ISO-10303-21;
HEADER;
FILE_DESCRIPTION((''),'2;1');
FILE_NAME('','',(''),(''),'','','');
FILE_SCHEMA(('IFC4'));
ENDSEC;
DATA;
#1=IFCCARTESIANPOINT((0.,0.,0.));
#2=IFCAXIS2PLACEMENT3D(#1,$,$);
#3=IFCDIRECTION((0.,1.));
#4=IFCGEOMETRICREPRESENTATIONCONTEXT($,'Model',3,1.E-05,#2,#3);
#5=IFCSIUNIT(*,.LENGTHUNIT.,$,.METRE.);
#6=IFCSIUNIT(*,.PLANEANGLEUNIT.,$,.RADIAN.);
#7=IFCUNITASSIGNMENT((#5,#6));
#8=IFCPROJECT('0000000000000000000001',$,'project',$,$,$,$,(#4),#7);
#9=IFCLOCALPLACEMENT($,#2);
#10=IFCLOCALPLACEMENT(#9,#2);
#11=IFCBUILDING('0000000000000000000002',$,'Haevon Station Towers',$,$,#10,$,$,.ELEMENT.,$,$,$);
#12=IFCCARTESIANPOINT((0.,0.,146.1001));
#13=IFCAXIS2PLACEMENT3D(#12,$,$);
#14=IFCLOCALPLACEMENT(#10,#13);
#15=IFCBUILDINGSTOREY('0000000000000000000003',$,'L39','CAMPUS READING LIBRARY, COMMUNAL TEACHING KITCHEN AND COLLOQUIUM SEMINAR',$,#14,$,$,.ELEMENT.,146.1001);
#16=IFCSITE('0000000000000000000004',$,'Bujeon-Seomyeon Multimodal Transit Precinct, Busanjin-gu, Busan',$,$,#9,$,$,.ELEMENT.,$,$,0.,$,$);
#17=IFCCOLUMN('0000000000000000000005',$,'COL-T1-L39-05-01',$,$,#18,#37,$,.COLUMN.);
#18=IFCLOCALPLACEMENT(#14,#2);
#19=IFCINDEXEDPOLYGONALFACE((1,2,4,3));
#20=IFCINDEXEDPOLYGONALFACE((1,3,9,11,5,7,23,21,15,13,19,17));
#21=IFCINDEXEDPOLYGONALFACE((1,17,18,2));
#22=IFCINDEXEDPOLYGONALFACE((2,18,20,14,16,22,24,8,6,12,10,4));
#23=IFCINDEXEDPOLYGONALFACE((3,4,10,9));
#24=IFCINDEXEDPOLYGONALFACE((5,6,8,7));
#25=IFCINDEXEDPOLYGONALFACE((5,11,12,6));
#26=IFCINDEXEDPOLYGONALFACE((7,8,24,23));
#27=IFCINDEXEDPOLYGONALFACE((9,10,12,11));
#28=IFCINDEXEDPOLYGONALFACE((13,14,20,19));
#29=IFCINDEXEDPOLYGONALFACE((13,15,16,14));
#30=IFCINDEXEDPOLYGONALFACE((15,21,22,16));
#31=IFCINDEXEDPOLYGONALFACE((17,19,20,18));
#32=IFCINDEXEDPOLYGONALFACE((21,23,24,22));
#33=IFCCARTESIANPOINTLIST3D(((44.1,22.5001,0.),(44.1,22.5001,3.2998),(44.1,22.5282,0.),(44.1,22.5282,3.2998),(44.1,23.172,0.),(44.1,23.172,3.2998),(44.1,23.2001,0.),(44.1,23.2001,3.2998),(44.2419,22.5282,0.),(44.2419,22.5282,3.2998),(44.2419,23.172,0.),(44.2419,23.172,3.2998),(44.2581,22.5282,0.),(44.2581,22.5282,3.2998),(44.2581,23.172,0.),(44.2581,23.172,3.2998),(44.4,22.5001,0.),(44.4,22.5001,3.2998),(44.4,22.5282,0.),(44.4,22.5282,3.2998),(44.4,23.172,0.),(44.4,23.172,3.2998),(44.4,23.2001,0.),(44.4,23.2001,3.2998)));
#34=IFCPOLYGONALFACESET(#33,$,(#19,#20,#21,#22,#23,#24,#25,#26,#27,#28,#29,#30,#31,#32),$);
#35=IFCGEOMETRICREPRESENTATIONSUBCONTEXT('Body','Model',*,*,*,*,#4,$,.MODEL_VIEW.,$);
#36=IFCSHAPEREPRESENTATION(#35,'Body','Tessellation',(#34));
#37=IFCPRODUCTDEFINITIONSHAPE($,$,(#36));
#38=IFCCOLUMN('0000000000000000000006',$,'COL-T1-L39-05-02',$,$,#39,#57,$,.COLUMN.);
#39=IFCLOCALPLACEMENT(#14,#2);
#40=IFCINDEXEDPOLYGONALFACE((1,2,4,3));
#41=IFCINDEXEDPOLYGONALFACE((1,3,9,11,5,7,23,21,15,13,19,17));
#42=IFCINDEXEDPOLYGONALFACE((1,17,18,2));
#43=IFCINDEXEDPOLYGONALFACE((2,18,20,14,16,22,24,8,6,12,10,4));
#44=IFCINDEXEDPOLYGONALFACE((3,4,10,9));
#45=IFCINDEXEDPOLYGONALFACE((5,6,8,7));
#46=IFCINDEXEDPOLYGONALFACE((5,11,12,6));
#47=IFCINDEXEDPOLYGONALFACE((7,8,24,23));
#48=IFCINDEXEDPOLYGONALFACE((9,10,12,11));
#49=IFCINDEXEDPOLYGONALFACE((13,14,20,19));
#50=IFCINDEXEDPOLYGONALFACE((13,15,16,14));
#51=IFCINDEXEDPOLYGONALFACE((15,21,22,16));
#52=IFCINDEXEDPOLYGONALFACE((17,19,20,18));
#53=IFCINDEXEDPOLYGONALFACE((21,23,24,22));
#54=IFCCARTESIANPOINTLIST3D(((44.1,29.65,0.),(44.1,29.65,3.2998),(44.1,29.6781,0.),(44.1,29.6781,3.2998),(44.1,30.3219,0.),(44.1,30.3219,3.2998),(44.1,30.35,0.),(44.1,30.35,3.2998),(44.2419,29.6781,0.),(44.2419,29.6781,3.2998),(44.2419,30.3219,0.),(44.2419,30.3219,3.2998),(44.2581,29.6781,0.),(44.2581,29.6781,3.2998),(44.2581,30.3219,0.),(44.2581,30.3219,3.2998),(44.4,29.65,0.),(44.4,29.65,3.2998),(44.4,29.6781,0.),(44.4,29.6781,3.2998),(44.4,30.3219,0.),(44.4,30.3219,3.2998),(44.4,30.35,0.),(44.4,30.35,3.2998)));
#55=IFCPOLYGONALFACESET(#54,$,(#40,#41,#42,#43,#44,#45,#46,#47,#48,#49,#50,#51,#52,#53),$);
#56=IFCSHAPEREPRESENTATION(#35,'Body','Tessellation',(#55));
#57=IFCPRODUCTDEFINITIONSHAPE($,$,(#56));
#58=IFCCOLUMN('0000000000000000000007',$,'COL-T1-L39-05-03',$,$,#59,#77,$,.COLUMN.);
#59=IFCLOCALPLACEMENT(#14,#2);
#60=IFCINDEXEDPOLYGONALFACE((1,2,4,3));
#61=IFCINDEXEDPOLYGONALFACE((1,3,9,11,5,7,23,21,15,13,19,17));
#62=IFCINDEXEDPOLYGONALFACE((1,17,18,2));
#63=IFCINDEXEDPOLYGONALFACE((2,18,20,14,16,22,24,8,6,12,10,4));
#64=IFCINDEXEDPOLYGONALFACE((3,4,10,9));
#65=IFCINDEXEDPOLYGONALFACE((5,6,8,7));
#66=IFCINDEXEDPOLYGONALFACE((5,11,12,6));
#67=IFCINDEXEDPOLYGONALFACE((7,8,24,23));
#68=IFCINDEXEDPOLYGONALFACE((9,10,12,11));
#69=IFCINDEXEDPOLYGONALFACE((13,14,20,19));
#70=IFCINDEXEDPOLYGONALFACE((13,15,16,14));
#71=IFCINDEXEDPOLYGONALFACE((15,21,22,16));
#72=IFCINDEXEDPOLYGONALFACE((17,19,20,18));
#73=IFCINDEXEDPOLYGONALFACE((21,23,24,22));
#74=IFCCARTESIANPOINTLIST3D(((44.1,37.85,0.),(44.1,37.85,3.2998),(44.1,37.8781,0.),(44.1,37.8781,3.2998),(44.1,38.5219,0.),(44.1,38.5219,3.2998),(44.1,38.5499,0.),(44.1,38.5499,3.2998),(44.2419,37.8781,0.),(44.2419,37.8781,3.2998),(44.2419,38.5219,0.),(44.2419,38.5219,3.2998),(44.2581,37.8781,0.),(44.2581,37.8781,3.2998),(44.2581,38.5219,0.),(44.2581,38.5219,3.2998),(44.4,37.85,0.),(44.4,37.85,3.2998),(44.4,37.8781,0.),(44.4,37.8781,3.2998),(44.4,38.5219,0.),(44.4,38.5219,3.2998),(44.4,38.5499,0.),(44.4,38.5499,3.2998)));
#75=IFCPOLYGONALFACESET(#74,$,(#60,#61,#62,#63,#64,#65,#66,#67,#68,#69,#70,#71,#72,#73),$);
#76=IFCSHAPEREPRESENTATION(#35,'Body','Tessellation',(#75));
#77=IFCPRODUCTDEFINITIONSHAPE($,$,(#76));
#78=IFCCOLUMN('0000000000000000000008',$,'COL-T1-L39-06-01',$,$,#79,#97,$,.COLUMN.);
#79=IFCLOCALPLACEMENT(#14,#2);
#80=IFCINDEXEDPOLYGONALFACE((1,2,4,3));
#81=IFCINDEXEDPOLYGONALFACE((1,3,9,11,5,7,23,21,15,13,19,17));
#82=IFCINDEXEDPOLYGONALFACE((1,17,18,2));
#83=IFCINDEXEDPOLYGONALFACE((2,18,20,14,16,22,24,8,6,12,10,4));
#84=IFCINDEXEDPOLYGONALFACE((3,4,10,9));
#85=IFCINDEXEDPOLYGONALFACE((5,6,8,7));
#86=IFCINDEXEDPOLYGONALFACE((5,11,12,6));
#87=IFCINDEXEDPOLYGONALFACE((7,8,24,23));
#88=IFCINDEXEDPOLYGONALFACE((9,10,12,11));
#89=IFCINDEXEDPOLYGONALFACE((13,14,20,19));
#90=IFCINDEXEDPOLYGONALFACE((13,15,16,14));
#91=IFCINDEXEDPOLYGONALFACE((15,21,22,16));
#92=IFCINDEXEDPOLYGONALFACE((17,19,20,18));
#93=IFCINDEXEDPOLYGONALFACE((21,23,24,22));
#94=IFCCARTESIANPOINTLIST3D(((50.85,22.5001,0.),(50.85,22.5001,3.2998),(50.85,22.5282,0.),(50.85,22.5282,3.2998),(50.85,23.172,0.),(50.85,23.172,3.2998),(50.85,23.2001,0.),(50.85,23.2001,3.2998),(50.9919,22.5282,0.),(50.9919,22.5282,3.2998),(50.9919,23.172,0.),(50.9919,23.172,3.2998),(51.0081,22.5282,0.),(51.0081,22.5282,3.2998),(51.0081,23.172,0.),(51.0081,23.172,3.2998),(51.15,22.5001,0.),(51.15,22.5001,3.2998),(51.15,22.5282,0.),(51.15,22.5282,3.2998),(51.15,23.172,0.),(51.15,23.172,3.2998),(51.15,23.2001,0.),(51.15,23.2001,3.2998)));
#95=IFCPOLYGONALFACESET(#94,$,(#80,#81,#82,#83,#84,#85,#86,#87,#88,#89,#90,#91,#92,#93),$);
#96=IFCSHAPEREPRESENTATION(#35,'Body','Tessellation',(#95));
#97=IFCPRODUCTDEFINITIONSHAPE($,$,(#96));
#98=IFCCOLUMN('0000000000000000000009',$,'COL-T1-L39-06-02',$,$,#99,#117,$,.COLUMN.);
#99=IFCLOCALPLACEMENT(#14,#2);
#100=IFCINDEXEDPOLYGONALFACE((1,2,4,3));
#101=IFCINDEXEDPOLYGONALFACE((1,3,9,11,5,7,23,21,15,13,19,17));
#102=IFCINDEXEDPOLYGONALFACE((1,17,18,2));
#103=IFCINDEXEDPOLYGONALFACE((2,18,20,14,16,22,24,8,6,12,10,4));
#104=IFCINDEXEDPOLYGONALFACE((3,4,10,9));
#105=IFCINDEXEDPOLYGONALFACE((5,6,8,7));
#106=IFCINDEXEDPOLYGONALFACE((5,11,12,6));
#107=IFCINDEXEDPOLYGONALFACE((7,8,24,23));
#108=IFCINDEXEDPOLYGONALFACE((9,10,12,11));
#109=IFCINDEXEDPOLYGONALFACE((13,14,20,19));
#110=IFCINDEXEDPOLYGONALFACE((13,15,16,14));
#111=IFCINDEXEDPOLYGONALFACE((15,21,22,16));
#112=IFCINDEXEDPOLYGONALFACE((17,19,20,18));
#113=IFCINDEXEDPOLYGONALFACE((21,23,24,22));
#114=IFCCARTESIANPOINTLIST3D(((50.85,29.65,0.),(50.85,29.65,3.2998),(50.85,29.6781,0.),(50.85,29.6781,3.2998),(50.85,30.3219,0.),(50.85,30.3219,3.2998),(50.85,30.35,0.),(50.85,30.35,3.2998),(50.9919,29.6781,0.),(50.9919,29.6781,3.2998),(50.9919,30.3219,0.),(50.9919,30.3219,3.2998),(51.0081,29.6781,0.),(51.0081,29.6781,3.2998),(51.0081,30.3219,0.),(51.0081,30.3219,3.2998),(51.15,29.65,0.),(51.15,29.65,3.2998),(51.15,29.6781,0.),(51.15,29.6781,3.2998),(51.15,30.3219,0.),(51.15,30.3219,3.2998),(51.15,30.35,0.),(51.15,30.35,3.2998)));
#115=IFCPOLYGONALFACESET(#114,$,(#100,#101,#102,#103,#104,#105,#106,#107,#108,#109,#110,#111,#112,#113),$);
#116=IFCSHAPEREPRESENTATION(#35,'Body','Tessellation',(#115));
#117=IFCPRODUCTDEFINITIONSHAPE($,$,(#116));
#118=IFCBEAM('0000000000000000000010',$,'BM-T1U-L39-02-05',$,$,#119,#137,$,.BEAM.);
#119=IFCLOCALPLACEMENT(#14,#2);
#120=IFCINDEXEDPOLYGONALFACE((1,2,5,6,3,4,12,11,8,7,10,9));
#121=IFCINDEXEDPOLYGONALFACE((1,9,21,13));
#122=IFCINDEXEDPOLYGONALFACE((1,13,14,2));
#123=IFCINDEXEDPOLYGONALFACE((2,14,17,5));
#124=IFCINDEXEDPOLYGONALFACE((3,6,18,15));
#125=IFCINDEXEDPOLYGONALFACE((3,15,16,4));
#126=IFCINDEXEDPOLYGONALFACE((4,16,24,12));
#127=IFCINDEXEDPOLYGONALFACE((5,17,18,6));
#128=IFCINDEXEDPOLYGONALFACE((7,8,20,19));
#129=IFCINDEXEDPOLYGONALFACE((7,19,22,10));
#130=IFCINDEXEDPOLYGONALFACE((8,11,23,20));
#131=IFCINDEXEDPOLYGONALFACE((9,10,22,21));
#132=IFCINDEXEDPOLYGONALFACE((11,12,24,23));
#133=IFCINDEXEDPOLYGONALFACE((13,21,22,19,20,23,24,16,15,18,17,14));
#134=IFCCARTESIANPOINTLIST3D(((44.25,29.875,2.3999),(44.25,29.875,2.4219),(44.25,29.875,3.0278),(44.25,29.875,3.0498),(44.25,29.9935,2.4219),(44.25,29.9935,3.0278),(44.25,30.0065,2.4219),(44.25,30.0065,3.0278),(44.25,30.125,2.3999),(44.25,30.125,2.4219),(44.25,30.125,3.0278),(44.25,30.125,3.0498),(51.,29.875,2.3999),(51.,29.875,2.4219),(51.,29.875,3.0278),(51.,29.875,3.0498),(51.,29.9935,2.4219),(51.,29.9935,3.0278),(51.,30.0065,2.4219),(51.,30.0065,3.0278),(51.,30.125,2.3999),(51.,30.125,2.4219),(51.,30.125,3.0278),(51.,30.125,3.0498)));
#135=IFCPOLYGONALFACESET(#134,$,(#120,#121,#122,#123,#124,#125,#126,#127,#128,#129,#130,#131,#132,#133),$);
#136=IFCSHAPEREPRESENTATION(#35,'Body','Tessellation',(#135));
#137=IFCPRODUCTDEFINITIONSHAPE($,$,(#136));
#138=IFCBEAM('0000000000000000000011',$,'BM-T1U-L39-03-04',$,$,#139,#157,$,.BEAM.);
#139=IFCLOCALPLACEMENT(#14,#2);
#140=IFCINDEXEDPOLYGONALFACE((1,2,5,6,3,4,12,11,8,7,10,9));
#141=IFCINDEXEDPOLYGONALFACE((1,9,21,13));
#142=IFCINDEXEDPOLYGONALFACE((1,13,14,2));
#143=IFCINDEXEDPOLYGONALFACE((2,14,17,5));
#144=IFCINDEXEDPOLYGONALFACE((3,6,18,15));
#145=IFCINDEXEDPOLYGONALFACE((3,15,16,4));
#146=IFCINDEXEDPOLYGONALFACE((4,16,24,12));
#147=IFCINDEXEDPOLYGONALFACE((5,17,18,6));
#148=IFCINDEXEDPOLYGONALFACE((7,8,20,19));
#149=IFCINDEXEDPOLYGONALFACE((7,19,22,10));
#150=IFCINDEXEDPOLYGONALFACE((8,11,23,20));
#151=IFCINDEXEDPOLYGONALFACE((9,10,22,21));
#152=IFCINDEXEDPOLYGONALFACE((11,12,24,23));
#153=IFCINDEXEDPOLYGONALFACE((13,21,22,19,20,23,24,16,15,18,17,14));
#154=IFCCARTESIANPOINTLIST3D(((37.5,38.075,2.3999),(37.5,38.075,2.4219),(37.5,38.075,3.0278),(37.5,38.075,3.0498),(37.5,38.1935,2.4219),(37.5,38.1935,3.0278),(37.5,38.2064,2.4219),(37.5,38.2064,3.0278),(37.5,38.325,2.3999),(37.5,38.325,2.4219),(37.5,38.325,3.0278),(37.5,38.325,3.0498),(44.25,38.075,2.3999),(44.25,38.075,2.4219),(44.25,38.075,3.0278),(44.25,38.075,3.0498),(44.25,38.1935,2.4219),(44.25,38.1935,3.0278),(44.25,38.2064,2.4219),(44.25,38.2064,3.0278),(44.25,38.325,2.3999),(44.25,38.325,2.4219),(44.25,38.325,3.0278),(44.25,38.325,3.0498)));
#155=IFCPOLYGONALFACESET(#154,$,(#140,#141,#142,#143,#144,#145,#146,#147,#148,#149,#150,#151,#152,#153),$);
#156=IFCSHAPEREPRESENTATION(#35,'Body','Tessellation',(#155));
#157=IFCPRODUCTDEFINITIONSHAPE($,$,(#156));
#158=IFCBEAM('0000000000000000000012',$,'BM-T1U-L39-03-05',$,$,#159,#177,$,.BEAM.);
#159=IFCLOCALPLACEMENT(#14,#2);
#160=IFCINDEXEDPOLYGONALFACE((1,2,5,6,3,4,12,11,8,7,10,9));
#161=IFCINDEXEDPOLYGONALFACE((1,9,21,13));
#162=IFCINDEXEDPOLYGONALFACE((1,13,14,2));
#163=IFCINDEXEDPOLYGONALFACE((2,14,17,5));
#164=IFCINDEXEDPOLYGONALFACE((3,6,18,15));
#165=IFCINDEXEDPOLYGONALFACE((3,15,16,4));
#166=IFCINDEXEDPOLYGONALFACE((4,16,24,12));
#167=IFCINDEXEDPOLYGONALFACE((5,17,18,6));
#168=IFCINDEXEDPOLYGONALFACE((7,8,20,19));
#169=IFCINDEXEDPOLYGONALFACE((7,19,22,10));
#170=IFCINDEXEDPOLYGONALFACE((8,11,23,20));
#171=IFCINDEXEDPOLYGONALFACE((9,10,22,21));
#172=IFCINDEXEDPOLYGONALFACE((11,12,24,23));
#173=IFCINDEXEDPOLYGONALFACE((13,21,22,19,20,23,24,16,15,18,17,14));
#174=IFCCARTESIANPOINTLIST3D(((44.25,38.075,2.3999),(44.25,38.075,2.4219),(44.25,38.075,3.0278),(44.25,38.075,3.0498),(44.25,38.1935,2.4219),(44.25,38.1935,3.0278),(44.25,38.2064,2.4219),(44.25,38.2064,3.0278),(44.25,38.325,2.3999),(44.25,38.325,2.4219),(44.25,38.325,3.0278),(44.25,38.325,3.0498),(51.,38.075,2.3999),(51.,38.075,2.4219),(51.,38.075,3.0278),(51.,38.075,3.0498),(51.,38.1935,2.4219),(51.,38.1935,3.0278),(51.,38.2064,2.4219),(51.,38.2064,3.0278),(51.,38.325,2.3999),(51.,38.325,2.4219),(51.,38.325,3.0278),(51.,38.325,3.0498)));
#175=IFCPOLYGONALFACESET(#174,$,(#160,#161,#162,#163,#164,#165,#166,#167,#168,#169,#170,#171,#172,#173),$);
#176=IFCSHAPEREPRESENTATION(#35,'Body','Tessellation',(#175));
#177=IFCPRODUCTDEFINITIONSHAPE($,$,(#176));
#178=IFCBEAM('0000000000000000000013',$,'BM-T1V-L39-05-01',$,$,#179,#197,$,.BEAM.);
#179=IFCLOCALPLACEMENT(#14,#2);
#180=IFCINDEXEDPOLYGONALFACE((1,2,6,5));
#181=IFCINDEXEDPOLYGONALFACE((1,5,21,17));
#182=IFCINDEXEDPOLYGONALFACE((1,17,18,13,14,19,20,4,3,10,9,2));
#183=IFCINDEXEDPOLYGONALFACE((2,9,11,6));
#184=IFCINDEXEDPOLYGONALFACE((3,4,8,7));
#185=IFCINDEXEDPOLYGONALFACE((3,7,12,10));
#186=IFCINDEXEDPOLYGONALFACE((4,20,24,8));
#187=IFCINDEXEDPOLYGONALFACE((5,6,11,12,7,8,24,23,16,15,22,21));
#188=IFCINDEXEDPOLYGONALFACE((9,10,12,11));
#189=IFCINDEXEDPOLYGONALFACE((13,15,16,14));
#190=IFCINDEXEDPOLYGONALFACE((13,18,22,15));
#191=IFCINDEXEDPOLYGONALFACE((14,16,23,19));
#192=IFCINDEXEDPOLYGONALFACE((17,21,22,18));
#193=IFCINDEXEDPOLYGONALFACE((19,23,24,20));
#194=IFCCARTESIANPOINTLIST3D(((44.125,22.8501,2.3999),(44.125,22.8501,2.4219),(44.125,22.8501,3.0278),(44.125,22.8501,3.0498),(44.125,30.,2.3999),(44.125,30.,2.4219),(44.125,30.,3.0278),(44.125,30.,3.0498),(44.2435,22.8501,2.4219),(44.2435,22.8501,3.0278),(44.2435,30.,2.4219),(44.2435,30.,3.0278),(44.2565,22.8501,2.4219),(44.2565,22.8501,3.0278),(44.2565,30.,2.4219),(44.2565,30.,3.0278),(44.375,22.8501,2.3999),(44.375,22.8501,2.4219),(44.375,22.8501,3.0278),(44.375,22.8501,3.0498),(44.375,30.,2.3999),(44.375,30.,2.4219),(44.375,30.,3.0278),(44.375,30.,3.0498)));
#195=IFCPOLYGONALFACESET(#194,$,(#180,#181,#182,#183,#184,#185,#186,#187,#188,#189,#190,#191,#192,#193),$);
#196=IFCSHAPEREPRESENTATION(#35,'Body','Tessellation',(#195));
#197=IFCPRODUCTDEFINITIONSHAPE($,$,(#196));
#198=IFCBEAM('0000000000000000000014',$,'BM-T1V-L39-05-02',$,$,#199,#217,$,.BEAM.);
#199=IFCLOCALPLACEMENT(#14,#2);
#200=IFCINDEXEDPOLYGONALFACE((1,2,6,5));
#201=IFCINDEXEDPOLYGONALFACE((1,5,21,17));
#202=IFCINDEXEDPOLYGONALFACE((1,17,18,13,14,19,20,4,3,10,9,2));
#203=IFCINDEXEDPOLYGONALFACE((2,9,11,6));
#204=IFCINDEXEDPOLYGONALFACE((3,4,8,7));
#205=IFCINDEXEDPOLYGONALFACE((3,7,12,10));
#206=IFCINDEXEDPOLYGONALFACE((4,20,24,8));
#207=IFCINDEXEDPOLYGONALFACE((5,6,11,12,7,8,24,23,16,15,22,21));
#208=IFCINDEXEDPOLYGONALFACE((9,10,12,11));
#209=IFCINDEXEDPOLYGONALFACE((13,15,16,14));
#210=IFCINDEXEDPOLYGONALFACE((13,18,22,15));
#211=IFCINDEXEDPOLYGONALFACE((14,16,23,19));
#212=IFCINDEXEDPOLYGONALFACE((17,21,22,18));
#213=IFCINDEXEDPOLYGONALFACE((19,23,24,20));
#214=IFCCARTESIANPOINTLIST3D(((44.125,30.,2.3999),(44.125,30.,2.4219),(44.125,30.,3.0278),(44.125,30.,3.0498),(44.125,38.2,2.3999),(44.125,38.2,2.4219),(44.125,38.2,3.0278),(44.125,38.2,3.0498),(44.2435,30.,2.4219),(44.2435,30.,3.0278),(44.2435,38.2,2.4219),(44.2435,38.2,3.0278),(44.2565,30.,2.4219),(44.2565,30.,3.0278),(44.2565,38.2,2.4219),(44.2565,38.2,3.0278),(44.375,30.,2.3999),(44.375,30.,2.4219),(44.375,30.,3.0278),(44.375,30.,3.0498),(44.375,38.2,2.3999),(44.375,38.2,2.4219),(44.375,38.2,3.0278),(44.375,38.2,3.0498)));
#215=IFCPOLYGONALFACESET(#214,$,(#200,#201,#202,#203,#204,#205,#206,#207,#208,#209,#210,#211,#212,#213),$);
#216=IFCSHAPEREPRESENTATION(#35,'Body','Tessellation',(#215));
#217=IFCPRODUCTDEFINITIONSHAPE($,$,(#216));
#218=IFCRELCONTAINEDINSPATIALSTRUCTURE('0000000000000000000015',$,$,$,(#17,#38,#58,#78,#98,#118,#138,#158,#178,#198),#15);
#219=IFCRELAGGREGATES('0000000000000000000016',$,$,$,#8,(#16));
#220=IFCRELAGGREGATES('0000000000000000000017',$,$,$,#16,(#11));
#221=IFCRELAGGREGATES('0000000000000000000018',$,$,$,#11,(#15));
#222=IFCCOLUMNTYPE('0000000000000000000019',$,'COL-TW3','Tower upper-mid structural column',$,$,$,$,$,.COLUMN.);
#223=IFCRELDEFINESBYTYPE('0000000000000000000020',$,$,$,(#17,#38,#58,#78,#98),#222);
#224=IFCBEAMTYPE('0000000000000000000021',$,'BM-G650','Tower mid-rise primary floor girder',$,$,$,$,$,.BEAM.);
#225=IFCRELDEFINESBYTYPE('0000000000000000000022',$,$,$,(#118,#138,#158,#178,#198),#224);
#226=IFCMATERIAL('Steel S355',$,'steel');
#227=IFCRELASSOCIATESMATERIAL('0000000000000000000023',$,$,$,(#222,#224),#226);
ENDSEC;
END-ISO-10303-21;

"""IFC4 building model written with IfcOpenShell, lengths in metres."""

from ifc_helpers import new_model, si_unit, direction, frame, origin, origin_2d, place, context, subcontext, project, spatial, i_section, extrude, material, material_profile, profile_set, type_object, element, save


model = new_model("IFC4")

# Units and contexts
model_context = context("Model", 3, precision=1e-05, world=origin(), true_north=direction((0.0, 1.0)))
body_context = subcontext(model_context, "Body", "Model", "MODEL_VIEW")
ifc_project = project(units=[si_unit("LENGTHUNIT", "METRE"), si_unit("PLANEANGLEUNIT", "RADIAN")], contexts=[model_context])

# Site, building, storey
site_placement = place(None, origin())
site = spatial("IfcSite", under=ifc_project, at=site_placement, Name="Bujeon-Seomyeon Multimodal Transit Precinct, Busanjin-gu, Busan", CompositionType="ELEMENT", RefElevation=0.0)
building_placement = place(site_placement, origin())
building = spatial("IfcBuilding", under=site, at=building_placement, Name="Haevon Station Towers", CompositionType="ELEMENT")
storey_placement = place(building_placement, frame((0.0, 0.0, 146.1001)))
storey = spatial("IfcBuildingStorey", under=building, at=storey_placement, Name="L39", Description="CAMPUS READING LIBRARY, COMMUNAL TEACHING KITCHEN AND COLLOQUIUM SEMINAR", CompositionType="ELEMENT", Elevation=146.1001)

# Columns
ifc_material_1 = material(Name="Steel S355", Category="steel")
ifc_material_profile_1 = material_profile(ifc_material_1, i_section(OverallWidth=0.3, OverallDepth=0.7, WebThickness=0.0161, FlangeThickness=0.0281, at=origin_2d()), Name="H-700x300x16x28")
ifc_profile_set_1 = profile_set([ifc_material_profile_1], Name="Steel S355")
column_type = type_object("IfcColumnType", Name="COL-TW3", Description="Tower upper-mid structural column", PredefinedType="COLUMN", material=ifc_profile_set_1)
for number, where, z_axis, x_axis, name in (
    (1, (44.25, 22.8501, 0.0), (0.0, 0.0, 1.0), (1.0, 0.0, 0.0), "COL-T1-L39-05-01"),
    (2, (44.25, 30.0, 0.0), (0.0, 0.0, 1.0), (1.0, 0.0, 0.0), "COL-T1-L39-05-02"),
    (3, (44.25, 38.2, 0.0), (0.0, 0.0, 1.0), (1.0, 0.0, 0.0), "COL-T1-L39-05-03"),
    (4, (51.0, 22.8501, 0.0), (0.0, 0.0, 1.0), (1.0, 0.0, 0.0), "COL-T1-L39-06-01"),
    (5, (51.0, 30.0, 0.0), (0.0, 0.0, 1.0), (1.0, 0.0, 0.0), "COL-T1-L39-06-02"),
):
    element("IfcColumn", number, at=place(storey_placement, frame(where, z_axis=z_axis, x_axis=x_axis)), inside=storey, type_object=column_type, Name=name, PredefinedType="COLUMN", context=body_context, shape_type="SweptSolid", body=[
        extrude(i_section(OverallWidth=0.3, OverallDepth=0.7, WebThickness=0.0161, FlangeThickness=0.0281, at=origin_2d()), origin(), (0.0, 0.0, 1.0), 3.2998),
    ])

# Beams
ifc_material_profile_2 = material_profile(ifc_material_1, i_section(OverallWidth=0.25, OverallDepth=0.6499, WebThickness=0.0129, FlangeThickness=0.022, at=origin_2d()), Name="H-650x250x13x22")
ifc_profile_set_2 = profile_set([ifc_material_profile_2], Name="Steel S355")
beam_type_1 = type_object("IfcBeamType", Name="BM-G650", Description="Tower mid-rise primary floor girder", PredefinedType="BEAM", material=ifc_profile_set_2)
for number, where, z_axis, x_axis, name in (
    (6, (44.25, 30.0, 2.7249), (1.0, 0.0, 0.0), (0.0, 1.0, 0.0), "BM-T1U-L39-02-05"),
    (7, (37.5, 38.2, 2.7249), (1.0, 0.0, 0.0), (0.0, 1.0, 0.0), "BM-T1U-L39-03-04"),
    (8, (44.25, 38.2, 2.7249), (1.0, 0.0, 0.0), (0.0, 1.0, 0.0), "BM-T1U-L39-03-05"),
):
    element("IfcBeam", number, at=place(storey_placement, frame(where, z_axis=z_axis, x_axis=x_axis)), inside=storey, type_object=beam_type_1, Name=name, PredefinedType="BEAM", context=body_context, shape_type="SweptSolid", body=[
        extrude(i_section(OverallWidth=0.25, OverallDepth=0.6499, WebThickness=0.0129, FlangeThickness=0.022, at=origin_2d()), origin(), (0.0, 0.0, 1.0), 6.75),
    ])
beam_1_placement = place(storey_placement, frame((44.25, 22.8501, 2.7249), z_axis=(0.0, 1.0, 0.0), x_axis=(-1.0, 0.0, 0.0)))
element("IfcBeam", 9, at=beam_1_placement, inside=storey, type_object=beam_type_1, Name="BM-T1V-L39-05-01", PredefinedType="BEAM", context=body_context, shape_type="SweptSolid", body=[
    extrude(i_section(OverallWidth=0.25, OverallDepth=0.6499, WebThickness=0.0129, FlangeThickness=0.022, at=origin_2d()), origin(), (0.0, 0.0, 1.0), 7.1499),
])
beam_2_placement = place(storey_placement, frame((44.25, 30.0, 2.7249), z_axis=(0.0, 1.0, 0.0), x_axis=(-1.0, 0.0, 0.0)))
element("IfcBeam", 10, at=beam_2_placement, inside=storey, type_object=beam_type_1, Name="BM-T1V-L39-05-02", PredefinedType="BEAM", context=body_context, shape_type="SweptSolid", body=[
    extrude(i_section(OverallWidth=0.25, OverallDepth=0.6499, WebThickness=0.0129, FlangeThickness=0.022, at=origin_2d()), origin(), (0.0, 0.0, 1.0), 8.2),
])

save(model, "model.ifc")
